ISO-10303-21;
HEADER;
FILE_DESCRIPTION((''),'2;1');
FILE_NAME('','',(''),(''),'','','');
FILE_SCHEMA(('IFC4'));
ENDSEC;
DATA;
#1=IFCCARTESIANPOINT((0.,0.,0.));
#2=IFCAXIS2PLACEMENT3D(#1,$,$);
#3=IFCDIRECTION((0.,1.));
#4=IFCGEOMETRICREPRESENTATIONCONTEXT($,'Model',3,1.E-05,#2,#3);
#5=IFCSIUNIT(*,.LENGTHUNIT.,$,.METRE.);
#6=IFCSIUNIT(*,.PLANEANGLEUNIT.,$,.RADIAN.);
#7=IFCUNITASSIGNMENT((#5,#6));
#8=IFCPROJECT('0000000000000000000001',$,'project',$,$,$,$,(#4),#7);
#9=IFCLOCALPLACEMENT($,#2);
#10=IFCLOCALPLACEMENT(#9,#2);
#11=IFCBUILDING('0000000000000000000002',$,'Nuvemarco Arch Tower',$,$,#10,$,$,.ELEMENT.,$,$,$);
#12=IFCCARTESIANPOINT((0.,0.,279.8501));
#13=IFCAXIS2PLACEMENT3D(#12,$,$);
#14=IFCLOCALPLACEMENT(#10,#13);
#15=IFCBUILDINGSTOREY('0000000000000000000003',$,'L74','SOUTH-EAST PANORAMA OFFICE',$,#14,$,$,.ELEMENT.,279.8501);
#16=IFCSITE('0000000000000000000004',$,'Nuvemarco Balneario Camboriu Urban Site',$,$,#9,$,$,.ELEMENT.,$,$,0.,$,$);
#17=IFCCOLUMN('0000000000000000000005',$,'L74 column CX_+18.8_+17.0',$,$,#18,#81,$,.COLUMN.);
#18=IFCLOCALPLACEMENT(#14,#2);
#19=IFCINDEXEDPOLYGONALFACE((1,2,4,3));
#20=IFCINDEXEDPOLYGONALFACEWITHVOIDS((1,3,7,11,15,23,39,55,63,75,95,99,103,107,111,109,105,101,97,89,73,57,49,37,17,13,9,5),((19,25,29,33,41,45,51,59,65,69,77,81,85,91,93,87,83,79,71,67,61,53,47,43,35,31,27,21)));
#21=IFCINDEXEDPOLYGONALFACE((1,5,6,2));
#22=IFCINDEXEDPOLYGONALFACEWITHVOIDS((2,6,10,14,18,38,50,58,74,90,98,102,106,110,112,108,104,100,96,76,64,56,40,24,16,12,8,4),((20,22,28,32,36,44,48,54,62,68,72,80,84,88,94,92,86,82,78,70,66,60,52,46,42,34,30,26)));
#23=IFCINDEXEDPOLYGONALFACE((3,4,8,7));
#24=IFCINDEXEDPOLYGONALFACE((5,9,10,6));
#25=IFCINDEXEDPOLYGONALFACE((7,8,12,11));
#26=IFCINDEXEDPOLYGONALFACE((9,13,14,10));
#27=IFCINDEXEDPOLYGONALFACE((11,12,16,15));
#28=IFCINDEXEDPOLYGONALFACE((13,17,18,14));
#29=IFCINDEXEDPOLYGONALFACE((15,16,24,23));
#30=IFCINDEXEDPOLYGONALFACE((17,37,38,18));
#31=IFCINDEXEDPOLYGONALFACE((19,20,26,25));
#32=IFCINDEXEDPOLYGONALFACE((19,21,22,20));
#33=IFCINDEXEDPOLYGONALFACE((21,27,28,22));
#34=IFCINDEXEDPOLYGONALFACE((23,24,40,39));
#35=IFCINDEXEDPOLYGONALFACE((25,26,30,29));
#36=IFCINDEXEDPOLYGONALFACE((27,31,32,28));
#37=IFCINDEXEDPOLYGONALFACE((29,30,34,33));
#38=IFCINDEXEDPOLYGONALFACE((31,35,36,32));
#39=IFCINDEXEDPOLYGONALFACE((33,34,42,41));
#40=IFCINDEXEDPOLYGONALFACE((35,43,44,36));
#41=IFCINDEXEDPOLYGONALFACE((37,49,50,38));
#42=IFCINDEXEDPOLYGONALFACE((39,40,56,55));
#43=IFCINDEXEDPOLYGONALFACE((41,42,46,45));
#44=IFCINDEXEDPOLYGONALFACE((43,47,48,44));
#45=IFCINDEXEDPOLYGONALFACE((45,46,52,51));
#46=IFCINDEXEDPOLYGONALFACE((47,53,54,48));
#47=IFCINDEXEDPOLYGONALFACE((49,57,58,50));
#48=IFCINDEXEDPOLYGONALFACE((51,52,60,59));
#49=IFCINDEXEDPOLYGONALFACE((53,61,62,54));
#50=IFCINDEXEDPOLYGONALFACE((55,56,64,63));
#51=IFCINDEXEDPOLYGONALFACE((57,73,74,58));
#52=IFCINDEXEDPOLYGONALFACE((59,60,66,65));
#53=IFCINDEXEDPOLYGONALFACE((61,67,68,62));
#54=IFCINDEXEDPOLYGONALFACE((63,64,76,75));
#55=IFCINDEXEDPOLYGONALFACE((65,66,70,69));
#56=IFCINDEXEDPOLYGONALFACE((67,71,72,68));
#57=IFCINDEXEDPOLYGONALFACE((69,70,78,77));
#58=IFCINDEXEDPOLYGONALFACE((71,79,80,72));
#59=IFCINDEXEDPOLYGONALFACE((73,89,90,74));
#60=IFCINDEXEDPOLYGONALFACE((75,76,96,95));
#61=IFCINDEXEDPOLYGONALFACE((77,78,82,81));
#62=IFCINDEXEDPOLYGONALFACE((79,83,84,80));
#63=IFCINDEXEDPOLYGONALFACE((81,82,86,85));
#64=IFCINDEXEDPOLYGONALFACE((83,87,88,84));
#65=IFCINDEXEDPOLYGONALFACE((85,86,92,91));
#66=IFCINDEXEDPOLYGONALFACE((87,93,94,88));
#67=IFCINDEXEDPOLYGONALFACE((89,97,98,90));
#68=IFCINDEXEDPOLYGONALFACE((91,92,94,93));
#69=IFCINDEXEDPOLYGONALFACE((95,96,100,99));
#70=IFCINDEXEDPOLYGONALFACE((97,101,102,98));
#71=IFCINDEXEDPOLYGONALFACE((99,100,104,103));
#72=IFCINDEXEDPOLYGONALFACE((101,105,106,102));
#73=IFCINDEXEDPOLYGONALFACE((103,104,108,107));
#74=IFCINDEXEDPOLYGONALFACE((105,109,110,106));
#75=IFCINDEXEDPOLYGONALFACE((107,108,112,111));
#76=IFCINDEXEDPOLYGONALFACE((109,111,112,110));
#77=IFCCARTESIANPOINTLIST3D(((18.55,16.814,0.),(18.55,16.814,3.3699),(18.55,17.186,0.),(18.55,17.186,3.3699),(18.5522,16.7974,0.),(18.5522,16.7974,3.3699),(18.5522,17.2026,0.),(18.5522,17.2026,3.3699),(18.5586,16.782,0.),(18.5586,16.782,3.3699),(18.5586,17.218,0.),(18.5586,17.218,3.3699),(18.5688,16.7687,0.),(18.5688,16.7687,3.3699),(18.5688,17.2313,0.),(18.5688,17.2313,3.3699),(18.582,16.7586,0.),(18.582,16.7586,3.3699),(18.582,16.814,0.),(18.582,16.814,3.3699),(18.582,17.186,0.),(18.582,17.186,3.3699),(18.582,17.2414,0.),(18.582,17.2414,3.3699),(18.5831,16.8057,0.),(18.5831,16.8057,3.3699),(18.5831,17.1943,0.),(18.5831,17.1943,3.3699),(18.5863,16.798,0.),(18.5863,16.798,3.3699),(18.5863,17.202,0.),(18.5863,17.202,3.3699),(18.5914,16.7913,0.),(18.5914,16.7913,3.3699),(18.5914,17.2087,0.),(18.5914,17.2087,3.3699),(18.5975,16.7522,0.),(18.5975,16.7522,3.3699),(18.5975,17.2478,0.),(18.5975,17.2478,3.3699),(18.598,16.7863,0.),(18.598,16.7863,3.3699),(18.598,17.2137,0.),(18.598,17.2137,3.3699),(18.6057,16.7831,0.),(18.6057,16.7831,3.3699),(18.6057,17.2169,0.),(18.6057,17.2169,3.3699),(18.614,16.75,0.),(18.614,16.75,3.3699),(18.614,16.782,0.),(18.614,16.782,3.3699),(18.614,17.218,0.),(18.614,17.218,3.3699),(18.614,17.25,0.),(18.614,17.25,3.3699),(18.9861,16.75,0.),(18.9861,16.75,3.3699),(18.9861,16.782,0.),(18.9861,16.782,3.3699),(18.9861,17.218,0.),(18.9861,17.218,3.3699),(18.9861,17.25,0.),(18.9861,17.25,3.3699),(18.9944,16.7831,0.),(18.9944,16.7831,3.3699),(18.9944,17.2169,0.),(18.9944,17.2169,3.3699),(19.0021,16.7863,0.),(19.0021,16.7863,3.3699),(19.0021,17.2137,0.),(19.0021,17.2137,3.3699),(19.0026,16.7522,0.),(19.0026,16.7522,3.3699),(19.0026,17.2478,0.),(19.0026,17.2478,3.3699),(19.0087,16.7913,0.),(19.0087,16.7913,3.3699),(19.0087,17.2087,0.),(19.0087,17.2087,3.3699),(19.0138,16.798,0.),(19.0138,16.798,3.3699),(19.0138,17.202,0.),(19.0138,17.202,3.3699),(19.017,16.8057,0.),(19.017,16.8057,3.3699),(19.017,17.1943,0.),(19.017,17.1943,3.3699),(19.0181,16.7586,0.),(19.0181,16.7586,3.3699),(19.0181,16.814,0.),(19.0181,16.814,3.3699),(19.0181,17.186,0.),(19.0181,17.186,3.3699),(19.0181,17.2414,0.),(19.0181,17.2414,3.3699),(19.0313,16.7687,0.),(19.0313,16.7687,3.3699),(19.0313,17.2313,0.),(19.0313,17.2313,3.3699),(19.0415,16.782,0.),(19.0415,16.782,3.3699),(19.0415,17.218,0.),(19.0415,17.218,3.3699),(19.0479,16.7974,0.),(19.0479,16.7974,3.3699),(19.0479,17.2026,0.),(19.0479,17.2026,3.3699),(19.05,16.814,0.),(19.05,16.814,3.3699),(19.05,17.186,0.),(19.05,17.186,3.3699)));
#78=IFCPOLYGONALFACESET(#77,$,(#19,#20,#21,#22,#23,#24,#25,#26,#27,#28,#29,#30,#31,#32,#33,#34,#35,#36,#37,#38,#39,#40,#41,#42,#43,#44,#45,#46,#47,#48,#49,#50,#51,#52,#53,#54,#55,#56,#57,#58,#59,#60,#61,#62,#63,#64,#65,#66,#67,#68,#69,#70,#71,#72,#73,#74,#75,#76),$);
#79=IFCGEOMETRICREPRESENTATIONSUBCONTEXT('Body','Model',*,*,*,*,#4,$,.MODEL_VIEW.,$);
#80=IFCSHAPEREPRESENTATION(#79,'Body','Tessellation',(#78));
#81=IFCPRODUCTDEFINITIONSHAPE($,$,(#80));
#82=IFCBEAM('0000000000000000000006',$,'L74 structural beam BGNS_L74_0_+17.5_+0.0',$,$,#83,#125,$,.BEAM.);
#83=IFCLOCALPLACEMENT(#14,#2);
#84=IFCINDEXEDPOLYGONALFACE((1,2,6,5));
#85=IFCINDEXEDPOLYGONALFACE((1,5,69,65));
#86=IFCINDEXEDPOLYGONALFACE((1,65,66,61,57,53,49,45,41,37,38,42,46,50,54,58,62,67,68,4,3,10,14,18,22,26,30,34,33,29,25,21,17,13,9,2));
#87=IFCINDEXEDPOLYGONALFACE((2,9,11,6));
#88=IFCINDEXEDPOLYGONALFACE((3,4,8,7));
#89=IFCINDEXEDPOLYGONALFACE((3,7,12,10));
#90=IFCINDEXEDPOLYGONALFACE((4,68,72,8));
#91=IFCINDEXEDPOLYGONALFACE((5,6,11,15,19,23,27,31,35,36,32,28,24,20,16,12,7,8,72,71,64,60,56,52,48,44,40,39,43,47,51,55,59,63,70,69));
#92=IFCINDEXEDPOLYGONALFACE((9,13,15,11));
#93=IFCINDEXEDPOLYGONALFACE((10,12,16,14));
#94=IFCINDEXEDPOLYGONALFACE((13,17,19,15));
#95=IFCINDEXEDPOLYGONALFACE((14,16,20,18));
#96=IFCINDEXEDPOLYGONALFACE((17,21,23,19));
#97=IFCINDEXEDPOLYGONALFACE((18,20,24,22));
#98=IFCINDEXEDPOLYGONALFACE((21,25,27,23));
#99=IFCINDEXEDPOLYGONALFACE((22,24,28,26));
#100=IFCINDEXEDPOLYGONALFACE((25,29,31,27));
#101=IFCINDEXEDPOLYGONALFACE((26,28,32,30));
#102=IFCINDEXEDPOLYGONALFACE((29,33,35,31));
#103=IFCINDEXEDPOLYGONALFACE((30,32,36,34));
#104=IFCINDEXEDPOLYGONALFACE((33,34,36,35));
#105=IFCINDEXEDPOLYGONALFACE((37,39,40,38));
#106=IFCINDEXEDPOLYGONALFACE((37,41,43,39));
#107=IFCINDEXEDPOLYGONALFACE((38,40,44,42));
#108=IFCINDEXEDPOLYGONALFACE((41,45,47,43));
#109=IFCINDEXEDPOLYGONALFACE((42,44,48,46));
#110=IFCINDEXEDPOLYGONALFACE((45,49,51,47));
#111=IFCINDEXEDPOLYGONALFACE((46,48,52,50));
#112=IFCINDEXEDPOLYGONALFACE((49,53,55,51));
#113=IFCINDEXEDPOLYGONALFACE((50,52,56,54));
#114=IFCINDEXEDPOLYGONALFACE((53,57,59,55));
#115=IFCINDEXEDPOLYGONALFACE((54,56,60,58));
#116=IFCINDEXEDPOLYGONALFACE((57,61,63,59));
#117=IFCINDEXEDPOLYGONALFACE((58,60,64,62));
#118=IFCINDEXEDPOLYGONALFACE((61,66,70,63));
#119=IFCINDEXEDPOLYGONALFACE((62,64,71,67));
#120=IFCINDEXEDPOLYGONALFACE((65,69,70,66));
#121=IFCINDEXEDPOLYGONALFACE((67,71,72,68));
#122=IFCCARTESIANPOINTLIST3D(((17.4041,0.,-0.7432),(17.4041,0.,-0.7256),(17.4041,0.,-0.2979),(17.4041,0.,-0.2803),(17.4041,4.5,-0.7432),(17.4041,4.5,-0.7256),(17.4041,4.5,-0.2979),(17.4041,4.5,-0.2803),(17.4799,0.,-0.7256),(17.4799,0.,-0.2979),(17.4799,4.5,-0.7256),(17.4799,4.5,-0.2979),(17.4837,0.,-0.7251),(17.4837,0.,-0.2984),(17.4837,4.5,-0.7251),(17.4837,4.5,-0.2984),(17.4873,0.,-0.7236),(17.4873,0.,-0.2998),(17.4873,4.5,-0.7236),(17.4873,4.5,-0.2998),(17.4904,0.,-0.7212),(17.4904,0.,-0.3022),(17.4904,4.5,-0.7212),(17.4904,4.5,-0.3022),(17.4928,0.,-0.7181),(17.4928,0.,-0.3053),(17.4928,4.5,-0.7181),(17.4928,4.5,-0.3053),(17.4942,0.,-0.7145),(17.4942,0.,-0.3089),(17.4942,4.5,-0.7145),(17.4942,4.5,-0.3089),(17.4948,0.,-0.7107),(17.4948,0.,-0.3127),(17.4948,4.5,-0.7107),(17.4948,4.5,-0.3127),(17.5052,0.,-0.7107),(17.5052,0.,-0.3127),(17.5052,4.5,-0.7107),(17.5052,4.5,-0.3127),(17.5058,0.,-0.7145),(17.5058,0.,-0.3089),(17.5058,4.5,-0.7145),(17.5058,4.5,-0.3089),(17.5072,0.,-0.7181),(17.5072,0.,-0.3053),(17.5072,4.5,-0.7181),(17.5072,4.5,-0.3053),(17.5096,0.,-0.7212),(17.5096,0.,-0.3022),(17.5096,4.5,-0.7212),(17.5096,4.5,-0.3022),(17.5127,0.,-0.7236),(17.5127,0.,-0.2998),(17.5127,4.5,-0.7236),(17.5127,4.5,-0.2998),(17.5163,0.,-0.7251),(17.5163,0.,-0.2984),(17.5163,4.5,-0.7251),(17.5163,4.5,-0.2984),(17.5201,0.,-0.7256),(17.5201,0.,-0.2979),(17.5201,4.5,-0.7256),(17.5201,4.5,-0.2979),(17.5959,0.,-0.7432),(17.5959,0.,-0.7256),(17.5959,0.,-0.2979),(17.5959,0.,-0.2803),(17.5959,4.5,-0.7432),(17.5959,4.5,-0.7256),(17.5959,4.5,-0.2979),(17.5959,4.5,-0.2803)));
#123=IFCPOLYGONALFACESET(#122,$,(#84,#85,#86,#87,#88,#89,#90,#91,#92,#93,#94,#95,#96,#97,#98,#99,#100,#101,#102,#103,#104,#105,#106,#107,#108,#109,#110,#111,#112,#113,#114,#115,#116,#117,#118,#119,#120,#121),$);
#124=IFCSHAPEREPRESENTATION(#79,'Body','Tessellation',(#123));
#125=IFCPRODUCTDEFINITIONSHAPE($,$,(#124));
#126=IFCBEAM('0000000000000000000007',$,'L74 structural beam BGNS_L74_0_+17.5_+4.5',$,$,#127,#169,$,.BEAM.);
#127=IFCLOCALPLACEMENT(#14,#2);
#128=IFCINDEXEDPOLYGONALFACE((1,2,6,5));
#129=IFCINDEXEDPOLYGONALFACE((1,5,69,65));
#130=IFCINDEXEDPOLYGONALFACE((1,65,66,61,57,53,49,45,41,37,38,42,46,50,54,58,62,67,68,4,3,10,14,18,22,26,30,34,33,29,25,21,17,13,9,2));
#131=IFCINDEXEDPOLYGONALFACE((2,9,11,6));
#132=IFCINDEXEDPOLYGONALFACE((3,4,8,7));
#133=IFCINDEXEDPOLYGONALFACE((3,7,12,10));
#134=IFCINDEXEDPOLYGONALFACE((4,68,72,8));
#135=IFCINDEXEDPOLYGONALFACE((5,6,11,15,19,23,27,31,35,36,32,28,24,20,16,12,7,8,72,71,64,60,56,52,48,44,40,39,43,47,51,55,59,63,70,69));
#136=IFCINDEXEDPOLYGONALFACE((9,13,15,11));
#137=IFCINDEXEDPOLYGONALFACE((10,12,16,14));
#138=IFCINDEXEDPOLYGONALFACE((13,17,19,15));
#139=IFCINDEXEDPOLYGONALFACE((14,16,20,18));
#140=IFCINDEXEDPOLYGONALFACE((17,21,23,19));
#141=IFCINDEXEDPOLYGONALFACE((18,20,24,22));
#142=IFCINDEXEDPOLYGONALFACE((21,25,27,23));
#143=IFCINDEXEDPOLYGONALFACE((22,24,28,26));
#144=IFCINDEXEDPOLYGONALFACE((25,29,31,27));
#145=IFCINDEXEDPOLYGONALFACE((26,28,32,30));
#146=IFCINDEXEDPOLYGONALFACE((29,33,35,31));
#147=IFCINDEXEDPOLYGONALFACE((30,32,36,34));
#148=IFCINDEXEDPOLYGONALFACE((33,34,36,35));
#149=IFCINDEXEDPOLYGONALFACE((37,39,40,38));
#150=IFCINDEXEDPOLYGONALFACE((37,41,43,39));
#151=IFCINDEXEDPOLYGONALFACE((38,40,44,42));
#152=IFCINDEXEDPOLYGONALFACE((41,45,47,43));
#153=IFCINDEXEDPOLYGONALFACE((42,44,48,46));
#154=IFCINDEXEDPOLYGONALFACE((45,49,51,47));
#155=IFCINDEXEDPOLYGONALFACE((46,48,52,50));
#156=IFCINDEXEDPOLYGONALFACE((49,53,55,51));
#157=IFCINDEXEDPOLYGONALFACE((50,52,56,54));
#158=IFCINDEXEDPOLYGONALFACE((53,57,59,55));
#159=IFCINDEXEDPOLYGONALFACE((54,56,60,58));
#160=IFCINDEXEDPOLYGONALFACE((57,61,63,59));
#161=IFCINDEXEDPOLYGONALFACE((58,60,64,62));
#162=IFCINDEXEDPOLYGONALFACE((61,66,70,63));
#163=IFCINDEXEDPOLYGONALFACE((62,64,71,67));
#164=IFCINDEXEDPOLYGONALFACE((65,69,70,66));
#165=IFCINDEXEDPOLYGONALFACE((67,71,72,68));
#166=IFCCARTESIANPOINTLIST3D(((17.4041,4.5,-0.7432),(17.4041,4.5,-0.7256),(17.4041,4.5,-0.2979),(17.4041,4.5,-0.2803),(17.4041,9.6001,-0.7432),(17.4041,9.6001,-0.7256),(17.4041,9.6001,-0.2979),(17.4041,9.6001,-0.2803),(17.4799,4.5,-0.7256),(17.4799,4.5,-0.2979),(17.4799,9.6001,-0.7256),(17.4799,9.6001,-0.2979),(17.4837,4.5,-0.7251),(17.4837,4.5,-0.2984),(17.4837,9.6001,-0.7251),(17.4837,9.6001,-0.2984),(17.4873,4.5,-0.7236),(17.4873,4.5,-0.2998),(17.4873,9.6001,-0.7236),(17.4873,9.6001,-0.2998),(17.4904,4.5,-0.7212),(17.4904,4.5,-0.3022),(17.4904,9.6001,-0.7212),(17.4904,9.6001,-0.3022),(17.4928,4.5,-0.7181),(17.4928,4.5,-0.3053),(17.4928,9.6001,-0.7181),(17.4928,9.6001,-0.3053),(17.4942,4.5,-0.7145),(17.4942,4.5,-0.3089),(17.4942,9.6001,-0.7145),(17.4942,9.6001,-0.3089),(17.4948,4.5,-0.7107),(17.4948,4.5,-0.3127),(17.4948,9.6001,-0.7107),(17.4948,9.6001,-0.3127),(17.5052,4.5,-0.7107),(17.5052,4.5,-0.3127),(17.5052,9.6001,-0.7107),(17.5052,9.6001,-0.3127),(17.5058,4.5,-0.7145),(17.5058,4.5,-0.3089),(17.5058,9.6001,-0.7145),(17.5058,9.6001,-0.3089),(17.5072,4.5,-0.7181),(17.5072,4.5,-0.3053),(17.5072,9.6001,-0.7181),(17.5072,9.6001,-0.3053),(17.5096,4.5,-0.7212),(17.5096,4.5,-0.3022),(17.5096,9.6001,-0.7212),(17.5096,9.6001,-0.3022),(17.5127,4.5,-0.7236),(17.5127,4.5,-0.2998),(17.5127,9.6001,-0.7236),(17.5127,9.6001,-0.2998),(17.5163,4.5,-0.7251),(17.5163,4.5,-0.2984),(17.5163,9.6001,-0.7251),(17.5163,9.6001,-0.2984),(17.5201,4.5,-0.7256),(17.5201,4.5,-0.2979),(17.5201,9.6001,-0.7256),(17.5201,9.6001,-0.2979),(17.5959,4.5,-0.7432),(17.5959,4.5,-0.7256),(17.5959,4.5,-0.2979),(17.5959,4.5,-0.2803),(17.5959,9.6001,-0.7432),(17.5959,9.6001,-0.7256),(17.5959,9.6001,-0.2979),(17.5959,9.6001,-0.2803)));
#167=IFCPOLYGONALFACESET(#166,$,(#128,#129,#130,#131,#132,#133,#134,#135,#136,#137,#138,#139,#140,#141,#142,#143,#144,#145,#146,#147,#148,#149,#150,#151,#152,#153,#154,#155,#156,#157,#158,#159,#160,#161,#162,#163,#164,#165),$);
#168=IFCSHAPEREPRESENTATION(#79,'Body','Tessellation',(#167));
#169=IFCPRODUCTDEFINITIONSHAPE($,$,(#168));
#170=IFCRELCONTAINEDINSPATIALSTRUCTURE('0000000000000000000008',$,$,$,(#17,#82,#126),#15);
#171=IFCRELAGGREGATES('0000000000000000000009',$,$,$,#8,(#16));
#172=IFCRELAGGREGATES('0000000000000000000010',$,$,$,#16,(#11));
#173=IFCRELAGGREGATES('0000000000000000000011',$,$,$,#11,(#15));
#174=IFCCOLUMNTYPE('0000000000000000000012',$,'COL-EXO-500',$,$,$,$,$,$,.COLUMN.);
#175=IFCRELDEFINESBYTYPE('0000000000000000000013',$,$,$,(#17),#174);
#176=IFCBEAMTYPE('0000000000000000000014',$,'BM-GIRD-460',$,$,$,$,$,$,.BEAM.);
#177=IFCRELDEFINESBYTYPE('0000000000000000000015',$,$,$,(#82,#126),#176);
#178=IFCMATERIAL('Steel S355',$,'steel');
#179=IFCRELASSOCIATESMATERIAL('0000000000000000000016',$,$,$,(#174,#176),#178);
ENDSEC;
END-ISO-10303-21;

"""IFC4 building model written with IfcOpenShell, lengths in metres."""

from ifc_helpers import new_model, si_unit, direction, frame, origin, origin_2d, place, context, subcontext, project, spatial, hollow_rectangle, i_section, extrude, material, material_profile, profile_set, type_object, element, save


model = new_model("IFC4")

# Units and contexts
model_context = context("Model", 3, precision=1e-05, world=origin(), true_north=direction((0.0, 1.0)))
body_context = subcontext(model_context, "Body", "Model", "MODEL_VIEW")
ifc_project = project(units=[si_unit("LENGTHUNIT", "METRE"), si_unit("PLANEANGLEUNIT", "RADIAN")], contexts=[model_context])

# Site, building, storey
site_placement = place(None, origin())
site = spatial("IfcSite", under=ifc_project, at=site_placement, Name="Nuvemarco Balneario Camboriu Urban Site", CompositionType="ELEMENT", RefElevation=0.0)
building_placement = place(site_placement, origin())
building = spatial("IfcBuilding", under=site, at=building_placement, Name="Nuvemarco Arch Tower", CompositionType="ELEMENT")
storey_placement = place(building_placement, frame((0.0, 0.0, 279.8501)))
storey = spatial("IfcBuildingStorey", under=building, at=storey_placement, Name="L74", Description="SOUTH-EAST PANORAMA OFFICE", CompositionType="ELEMENT", Elevation=279.8501)

# Column
ifc_material_1 = material(Name="Steel S355", Category="steel")
ifc_material_profile_1 = material_profile(ifc_material_1, hollow_rectangle(XDim=0.5, YDim=0.5, WallThickness=0.032, InnerFilletRadius=0.032, OuterFilletRadius=0.064, at=origin_2d()), Name="SHS500x500x32")
ifc_profile_set_1 = profile_set([ifc_material_profile_1], Name="Steel S355")
column_type_1 = type_object("IfcColumnType", Name="COL-EXO-500", PredefinedType="COLUMN", material=ifc_profile_set_1)
for number, where, z_axis, x_axis, name in (
    (1, (18.8, 17.0, 0.0), (0.0, 0.0, 1.0), (1.0, 0.0, 0.0), "L74 column CX_+18.8_+17.0"),
):
    element("IfcColumn", number, at=place(storey_placement, frame(where, z_axis=z_axis, x_axis=x_axis)), inside=storey, type_object=column_type_1, Name=name, PredefinedType="COLUMN", context=body_context, shape_type="SweptSolid", body=[
        extrude(hollow_rectangle(XDim=0.5, YDim=0.5, WallThickness=0.032, InnerFilletRadius=0.032, OuterFilletRadius=0.064, at=origin_2d()), origin(), (0.0, 0.0, 1.0), 3.3699),
    ])

# Beams
ifc_material_profile_2 = material_profile(ifc_material_1, i_section(OverallWidth=0.1919, OverallDepth=0.4629, WebThickness=0.0105, FlangeThickness=0.0176, FilletRadius=0.0149, at=origin_2d()), Name="W460x89")
ifc_profile_set_2 = profile_set([ifc_material_profile_2], Name="Steel S355")
beam_type_1 = type_object("IfcBeamType", Name="BM-GIRD-460", PredefinedType="BEAM", material=ifc_profile_set_2)
beam_1_placement = place(storey_placement, frame((17.5, 0.0, -0.5117), z_axis=(0.0, 1.0, 0.0), x_axis=(-1.0, 0.0, 0.0)))
element("IfcBeam", 2, at=beam_1_placement, inside=storey, type_object=beam_type_1, Name="L74 structural beam BGNS_L74_0_+17.5_+0.0", PredefinedType="BEAM", context=body_context, shape_type="SweptSolid", body=[
    extrude(i_section(OverallWidth=0.1919, OverallDepth=0.4629, WebThickness=0.0105, FlangeThickness=0.0176, FilletRadius=0.0149, at=origin_2d()), origin(), (0.0, 0.0, 1.0), 4.5),
])
beam_2_placement = place(storey_placement, frame((17.5, 4.5, -0.5117), z_axis=(0.0, 1.0, 0.0), x_axis=(-1.0, 0.0, 0.0)))
element("IfcBeam", 3, at=beam_2_placement, inside=storey, type_object=beam_type_1, Name="L74 structural beam BGNS_L74_0_+17.5_+4.5", PredefinedType="BEAM", context=body_context, shape_type="SweptSolid", body=[
    extrude(i_section(OverallWidth=0.1919, OverallDepth=0.4629, WebThickness=0.0105, FlangeThickness=0.0176, FilletRadius=0.0149, at=origin_2d()), origin(), (0.0, 0.0, 1.0), 5.1001),
])

save(model, "model.ifc")
